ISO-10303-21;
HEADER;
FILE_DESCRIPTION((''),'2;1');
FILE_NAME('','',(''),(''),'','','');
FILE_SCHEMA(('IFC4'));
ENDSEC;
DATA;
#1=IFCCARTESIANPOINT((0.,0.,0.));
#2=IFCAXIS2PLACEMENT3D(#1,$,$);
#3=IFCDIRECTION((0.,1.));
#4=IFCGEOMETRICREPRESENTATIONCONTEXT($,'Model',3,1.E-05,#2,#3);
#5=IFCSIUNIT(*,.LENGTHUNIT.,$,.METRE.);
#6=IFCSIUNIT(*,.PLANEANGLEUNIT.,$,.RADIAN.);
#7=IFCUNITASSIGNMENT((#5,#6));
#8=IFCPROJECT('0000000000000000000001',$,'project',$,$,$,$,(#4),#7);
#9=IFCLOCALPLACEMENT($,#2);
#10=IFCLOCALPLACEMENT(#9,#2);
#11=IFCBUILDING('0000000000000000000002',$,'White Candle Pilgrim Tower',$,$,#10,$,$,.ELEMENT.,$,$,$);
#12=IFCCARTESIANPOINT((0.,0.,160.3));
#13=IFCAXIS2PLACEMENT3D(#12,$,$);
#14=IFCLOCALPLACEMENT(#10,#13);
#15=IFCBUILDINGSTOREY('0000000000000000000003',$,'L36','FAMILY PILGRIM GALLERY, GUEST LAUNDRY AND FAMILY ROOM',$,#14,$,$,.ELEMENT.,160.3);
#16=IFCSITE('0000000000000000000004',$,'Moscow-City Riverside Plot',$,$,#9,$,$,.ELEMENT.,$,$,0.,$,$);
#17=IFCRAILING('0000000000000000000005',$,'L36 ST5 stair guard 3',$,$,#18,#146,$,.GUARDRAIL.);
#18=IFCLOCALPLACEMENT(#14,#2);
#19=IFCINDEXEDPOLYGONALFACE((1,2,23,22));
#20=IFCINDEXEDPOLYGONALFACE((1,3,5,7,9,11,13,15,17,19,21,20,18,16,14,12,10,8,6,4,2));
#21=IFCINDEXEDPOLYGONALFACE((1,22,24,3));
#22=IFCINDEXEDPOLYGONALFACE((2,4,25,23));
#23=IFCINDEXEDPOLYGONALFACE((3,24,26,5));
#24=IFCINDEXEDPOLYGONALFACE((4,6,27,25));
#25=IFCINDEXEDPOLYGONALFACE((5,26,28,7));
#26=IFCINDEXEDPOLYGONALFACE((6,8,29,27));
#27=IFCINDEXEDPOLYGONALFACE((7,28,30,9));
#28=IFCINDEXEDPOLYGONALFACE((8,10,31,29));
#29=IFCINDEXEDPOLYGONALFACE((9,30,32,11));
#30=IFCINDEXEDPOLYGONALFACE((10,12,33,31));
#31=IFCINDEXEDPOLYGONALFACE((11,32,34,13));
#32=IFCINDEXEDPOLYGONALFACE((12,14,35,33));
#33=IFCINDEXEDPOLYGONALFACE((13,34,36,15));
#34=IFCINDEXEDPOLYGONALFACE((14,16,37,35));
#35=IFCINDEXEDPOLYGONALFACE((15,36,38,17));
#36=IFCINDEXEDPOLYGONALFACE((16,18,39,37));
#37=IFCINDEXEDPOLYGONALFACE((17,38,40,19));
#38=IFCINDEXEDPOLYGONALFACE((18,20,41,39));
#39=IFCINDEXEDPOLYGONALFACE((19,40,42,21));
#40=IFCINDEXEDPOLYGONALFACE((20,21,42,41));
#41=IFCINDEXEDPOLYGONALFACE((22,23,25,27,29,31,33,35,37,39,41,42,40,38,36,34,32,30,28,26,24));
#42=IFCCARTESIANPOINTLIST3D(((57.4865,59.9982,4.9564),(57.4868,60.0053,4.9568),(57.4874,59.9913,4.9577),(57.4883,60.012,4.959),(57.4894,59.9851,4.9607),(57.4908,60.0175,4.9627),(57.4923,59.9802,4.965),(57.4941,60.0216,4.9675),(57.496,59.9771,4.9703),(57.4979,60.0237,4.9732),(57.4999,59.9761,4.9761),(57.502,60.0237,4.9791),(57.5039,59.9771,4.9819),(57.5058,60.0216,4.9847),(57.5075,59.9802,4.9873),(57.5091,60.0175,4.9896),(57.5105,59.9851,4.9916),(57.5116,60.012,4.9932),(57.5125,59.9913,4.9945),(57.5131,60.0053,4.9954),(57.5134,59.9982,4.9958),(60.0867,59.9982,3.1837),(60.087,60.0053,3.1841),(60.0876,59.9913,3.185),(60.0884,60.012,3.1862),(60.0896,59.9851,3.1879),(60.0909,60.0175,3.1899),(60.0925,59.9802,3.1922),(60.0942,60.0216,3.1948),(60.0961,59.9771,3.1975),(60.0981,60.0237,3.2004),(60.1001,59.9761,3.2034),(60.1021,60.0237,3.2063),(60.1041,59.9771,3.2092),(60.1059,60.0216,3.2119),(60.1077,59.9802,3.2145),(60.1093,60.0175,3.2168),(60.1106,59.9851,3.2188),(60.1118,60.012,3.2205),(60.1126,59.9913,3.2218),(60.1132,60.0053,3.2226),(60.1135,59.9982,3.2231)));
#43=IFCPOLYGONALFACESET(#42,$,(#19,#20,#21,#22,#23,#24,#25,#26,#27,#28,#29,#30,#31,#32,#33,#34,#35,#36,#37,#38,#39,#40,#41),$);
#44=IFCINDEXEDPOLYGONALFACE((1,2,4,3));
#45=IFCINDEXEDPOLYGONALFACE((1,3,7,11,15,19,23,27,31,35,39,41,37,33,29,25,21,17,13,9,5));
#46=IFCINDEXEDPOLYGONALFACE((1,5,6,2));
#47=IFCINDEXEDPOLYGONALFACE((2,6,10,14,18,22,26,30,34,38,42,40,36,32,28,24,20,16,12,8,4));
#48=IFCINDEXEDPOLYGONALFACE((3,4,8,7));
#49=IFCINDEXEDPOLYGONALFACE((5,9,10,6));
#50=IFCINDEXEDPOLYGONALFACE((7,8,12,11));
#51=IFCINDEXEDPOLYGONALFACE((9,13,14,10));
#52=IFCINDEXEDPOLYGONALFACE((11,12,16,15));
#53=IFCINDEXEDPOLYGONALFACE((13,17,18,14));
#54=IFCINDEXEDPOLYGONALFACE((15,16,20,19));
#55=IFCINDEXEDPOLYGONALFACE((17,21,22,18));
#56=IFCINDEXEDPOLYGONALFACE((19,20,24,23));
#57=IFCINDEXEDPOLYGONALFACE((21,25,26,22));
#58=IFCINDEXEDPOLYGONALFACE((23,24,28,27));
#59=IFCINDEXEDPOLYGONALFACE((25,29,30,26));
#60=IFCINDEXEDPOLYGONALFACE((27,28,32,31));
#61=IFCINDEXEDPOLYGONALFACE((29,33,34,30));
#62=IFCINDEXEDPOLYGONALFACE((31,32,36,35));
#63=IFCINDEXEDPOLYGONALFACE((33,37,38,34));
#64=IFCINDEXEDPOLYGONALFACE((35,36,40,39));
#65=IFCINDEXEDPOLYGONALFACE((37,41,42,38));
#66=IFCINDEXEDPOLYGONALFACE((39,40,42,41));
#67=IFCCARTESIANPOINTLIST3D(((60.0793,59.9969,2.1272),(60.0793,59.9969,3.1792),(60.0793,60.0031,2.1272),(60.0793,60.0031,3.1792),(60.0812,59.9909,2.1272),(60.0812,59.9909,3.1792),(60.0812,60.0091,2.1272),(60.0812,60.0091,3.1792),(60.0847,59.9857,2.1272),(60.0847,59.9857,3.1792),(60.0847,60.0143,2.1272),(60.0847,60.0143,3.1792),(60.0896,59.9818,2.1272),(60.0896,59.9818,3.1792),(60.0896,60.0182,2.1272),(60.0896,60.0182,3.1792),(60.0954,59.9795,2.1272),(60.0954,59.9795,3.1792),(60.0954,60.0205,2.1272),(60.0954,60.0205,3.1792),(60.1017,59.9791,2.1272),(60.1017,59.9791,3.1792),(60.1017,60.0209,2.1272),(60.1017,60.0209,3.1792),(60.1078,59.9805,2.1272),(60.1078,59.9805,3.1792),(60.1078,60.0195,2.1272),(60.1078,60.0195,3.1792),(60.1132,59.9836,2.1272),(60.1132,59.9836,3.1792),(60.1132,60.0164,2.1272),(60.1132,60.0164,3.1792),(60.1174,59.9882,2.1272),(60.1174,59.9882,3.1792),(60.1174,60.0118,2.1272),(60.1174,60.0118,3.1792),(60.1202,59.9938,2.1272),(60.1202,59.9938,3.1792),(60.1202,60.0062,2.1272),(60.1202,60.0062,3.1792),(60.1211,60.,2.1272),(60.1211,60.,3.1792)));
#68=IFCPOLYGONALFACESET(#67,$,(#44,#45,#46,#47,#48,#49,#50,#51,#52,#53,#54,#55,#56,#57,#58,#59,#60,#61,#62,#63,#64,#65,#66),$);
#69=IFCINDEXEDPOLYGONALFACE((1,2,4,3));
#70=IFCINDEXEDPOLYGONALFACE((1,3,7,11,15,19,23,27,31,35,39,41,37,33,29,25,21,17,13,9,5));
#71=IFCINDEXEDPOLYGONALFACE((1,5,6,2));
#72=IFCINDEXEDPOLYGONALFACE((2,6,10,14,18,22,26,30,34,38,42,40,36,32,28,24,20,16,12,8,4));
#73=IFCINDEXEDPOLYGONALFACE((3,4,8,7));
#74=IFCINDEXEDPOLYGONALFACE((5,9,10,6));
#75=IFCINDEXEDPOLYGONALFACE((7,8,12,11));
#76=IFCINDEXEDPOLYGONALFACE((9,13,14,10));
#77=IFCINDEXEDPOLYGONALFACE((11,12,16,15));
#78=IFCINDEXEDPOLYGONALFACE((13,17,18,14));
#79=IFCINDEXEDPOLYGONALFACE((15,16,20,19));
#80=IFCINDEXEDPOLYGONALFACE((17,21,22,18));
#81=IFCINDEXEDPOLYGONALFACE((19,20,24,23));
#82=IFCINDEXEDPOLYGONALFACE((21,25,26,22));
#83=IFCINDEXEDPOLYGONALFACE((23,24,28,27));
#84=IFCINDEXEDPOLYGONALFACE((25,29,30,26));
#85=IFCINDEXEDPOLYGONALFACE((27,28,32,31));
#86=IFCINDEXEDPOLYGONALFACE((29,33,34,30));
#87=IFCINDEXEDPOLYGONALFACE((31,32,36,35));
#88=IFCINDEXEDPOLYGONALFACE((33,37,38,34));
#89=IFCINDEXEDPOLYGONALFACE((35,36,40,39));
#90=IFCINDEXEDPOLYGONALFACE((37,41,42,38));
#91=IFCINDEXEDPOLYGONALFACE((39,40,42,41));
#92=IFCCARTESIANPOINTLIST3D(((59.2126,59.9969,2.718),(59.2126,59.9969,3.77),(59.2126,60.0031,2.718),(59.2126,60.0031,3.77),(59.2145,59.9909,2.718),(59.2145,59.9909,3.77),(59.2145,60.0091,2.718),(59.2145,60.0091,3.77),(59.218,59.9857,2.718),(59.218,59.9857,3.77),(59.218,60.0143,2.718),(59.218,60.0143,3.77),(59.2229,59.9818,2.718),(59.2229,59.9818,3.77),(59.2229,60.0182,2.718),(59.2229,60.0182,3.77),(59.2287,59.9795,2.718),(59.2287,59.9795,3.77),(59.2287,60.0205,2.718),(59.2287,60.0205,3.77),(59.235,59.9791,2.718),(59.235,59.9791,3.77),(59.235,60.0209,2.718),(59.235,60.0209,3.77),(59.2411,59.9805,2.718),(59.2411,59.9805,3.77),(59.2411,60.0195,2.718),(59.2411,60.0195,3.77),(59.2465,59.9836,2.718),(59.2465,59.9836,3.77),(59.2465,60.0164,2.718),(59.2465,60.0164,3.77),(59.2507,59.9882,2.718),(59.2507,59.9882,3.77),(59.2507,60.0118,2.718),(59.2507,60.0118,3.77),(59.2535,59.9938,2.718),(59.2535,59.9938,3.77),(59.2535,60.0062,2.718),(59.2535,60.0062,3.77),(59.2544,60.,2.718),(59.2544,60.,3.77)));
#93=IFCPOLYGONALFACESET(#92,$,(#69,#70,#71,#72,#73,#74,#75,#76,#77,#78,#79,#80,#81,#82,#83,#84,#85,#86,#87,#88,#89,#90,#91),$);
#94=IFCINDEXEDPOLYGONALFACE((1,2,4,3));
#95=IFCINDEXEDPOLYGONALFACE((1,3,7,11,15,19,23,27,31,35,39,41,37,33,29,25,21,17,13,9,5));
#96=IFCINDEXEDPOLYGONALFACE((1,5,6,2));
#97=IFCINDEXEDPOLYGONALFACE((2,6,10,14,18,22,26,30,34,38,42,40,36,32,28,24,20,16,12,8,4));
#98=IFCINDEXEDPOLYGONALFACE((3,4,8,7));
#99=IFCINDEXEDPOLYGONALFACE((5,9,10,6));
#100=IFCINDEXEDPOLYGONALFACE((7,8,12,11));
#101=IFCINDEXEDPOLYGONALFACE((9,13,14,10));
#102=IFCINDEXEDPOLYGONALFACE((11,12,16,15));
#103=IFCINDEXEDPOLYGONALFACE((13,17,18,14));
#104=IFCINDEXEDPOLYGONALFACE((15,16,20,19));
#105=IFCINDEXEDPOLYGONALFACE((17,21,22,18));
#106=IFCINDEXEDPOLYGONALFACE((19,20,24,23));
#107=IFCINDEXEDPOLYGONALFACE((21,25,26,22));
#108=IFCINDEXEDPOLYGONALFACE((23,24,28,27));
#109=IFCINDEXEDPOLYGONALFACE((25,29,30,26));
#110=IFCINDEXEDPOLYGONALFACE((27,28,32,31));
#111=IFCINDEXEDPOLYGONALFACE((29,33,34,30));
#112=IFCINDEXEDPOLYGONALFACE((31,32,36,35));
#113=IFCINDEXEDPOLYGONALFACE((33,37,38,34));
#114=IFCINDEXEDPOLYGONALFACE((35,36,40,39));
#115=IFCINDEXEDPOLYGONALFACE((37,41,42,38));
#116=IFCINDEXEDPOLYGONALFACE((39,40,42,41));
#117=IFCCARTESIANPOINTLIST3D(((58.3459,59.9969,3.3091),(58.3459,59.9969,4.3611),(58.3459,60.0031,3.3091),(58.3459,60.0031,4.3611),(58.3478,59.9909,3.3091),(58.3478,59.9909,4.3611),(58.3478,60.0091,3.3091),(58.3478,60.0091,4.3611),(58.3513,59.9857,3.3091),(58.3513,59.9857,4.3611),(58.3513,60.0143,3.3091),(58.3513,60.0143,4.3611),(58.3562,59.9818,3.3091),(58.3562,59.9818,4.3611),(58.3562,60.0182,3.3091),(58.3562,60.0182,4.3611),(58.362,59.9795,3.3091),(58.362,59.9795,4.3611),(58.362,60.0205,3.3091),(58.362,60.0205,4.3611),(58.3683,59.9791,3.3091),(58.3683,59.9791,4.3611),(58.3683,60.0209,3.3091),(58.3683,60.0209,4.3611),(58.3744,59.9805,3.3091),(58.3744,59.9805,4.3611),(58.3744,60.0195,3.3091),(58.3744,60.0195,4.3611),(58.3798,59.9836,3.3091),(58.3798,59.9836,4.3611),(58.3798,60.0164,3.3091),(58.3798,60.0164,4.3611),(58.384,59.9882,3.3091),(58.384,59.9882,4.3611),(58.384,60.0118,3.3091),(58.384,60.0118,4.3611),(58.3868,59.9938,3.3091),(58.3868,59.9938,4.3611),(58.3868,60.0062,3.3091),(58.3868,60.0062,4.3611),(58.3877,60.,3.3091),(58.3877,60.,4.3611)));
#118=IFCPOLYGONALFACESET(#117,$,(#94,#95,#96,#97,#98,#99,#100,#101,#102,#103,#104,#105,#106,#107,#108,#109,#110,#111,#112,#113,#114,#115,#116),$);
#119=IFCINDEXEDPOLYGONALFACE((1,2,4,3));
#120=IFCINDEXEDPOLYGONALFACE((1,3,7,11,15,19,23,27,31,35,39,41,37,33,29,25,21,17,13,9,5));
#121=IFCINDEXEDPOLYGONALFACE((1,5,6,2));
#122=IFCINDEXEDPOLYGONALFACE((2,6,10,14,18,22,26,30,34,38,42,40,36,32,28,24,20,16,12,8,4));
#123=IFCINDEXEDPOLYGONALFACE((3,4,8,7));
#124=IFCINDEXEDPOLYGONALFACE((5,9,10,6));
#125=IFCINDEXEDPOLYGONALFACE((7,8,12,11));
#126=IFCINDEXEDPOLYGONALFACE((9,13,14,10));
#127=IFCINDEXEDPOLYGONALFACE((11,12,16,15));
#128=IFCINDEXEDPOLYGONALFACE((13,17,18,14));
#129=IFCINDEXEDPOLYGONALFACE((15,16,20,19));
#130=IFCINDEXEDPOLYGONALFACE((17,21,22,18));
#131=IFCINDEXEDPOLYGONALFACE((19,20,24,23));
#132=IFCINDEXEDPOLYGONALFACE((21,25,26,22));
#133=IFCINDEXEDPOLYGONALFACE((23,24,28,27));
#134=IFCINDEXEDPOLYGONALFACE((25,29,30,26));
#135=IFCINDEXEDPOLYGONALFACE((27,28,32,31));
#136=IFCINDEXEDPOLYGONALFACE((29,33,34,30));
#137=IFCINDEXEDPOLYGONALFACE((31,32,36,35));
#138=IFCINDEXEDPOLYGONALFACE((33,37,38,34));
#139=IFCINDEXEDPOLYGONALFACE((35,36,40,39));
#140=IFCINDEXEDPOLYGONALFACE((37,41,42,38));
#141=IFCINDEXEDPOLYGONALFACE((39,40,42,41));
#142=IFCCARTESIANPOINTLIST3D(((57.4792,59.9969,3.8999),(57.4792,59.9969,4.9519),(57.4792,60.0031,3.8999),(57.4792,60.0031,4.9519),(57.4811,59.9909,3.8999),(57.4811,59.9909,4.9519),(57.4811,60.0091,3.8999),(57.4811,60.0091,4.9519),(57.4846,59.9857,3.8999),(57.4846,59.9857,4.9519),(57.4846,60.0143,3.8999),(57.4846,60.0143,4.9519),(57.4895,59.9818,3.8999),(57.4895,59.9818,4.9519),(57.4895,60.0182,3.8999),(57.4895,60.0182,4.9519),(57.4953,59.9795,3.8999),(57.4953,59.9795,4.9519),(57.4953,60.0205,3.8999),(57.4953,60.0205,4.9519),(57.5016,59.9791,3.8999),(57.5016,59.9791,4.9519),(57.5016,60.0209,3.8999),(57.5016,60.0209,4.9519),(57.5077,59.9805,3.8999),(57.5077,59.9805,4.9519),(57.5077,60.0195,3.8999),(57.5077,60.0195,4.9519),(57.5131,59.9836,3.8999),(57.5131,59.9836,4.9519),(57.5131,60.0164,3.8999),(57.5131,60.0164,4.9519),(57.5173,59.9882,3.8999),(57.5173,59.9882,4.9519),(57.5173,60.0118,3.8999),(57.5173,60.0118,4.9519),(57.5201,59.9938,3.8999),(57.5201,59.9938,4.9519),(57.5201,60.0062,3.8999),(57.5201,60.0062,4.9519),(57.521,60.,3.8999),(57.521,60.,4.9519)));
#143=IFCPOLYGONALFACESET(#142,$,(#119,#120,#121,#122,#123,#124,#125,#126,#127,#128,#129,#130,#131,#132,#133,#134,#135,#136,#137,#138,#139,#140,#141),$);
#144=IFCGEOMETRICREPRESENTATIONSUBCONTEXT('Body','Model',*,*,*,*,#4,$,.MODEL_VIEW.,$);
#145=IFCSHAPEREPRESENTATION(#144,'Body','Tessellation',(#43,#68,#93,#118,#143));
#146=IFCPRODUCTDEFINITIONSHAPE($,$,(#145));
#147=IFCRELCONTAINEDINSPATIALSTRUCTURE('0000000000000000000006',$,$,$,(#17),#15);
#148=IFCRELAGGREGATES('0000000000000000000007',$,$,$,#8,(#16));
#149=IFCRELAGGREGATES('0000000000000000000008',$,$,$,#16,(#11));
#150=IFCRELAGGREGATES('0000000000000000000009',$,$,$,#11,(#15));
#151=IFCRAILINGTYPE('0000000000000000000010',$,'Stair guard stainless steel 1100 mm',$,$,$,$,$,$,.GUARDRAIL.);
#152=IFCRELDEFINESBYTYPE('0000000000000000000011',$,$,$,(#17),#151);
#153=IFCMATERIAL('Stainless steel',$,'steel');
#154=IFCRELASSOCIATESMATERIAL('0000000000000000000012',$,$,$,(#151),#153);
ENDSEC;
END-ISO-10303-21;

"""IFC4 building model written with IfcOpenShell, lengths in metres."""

from ifc_helpers import new_model, si_unit, direction, frame, origin, origin_2d, place, context, subcontext, project, spatial, circle, extrude, material, type_object, element, save


model = new_model("IFC4")

# Units and contexts
model_context = context("Model", 3, precision=1e-05, world=origin(), true_north=direction((0.0, 1.0)))
body_context = subcontext(model_context, "Body", "Model", "MODEL_VIEW")
ifc_project = project(units=[si_unit("LENGTHUNIT", "METRE"), si_unit("PLANEANGLEUNIT", "RADIAN")], contexts=[model_context])

# Site, building, storey
site_placement = place(None, origin())
site = spatial("IfcSite", under=ifc_project, at=site_placement, Name="Moscow-City Riverside Plot", CompositionType="ELEMENT", RefElevation=0.0)
building_placement = place(site_placement, origin())
building = spatial("IfcBuilding", under=site, at=building_placement, Name="White Candle Pilgrim Tower", CompositionType="ELEMENT")
storey_placement = place(building_placement, frame((0.0, 0.0, 160.3)))
storey = spatial("IfcBuildingStorey", under=building, at=storey_placement, Name="L36", Description="FAMILY PILGRIM GALLERY, GUEST LAUNDRY AND FAMILY ROOM", CompositionType="ELEMENT", Elevation=160.3)

# Railing
ifc_material_1 = material(Name="Stainless steel", Category="steel")
railing_type_1 = type_object("IfcRailingType", Name="Stair guard stainless steel 1100 mm", PredefinedType="GUARDRAIL", material=ifc_material_1)
railing_1_placement = place(storey_placement, frame((60.1001, 60.0, 2.1272)))
element("IfcRailing", 1, at=railing_1_placement, inside=storey, type_object=railing_type_1, Name="L36 ST5 stair guard 3", PredefinedType="GUARDRAIL", context=body_context, shape_type="SweptSolid", body=[
    extrude(circle(Radius=0.0239, at=origin_2d()), frame((0.0, 0.0, 1.0762), z_axis=(-0.82624, 0.0, 0.563318), x_axis=(0.0, -1.0, 0.0)), (0.0, 0.0, 1.0), 3.147),
    extrude(circle(Radius=0.021, at=origin_2d()), origin(), (0.0, 0.0, 1.0), 1.052),
    extrude(circle(Radius=0.021, at=origin_2d()), frame((-0.8667, 0.0, 0.5908)), (0.0, 0.0, 1.0), 1.052),
    extrude(circle(Radius=0.021, at=origin_2d()), frame((-1.7334, 0.0, 1.1819)), (0.0, 0.0, 1.0), 1.052),
    extrude(circle(Radius=0.021, at=origin_2d()), frame((-2.6001, 0.0, 1.7727)), (0.0, 0.0, 1.0), 1.052),
])

save(model, "model.ifc")
